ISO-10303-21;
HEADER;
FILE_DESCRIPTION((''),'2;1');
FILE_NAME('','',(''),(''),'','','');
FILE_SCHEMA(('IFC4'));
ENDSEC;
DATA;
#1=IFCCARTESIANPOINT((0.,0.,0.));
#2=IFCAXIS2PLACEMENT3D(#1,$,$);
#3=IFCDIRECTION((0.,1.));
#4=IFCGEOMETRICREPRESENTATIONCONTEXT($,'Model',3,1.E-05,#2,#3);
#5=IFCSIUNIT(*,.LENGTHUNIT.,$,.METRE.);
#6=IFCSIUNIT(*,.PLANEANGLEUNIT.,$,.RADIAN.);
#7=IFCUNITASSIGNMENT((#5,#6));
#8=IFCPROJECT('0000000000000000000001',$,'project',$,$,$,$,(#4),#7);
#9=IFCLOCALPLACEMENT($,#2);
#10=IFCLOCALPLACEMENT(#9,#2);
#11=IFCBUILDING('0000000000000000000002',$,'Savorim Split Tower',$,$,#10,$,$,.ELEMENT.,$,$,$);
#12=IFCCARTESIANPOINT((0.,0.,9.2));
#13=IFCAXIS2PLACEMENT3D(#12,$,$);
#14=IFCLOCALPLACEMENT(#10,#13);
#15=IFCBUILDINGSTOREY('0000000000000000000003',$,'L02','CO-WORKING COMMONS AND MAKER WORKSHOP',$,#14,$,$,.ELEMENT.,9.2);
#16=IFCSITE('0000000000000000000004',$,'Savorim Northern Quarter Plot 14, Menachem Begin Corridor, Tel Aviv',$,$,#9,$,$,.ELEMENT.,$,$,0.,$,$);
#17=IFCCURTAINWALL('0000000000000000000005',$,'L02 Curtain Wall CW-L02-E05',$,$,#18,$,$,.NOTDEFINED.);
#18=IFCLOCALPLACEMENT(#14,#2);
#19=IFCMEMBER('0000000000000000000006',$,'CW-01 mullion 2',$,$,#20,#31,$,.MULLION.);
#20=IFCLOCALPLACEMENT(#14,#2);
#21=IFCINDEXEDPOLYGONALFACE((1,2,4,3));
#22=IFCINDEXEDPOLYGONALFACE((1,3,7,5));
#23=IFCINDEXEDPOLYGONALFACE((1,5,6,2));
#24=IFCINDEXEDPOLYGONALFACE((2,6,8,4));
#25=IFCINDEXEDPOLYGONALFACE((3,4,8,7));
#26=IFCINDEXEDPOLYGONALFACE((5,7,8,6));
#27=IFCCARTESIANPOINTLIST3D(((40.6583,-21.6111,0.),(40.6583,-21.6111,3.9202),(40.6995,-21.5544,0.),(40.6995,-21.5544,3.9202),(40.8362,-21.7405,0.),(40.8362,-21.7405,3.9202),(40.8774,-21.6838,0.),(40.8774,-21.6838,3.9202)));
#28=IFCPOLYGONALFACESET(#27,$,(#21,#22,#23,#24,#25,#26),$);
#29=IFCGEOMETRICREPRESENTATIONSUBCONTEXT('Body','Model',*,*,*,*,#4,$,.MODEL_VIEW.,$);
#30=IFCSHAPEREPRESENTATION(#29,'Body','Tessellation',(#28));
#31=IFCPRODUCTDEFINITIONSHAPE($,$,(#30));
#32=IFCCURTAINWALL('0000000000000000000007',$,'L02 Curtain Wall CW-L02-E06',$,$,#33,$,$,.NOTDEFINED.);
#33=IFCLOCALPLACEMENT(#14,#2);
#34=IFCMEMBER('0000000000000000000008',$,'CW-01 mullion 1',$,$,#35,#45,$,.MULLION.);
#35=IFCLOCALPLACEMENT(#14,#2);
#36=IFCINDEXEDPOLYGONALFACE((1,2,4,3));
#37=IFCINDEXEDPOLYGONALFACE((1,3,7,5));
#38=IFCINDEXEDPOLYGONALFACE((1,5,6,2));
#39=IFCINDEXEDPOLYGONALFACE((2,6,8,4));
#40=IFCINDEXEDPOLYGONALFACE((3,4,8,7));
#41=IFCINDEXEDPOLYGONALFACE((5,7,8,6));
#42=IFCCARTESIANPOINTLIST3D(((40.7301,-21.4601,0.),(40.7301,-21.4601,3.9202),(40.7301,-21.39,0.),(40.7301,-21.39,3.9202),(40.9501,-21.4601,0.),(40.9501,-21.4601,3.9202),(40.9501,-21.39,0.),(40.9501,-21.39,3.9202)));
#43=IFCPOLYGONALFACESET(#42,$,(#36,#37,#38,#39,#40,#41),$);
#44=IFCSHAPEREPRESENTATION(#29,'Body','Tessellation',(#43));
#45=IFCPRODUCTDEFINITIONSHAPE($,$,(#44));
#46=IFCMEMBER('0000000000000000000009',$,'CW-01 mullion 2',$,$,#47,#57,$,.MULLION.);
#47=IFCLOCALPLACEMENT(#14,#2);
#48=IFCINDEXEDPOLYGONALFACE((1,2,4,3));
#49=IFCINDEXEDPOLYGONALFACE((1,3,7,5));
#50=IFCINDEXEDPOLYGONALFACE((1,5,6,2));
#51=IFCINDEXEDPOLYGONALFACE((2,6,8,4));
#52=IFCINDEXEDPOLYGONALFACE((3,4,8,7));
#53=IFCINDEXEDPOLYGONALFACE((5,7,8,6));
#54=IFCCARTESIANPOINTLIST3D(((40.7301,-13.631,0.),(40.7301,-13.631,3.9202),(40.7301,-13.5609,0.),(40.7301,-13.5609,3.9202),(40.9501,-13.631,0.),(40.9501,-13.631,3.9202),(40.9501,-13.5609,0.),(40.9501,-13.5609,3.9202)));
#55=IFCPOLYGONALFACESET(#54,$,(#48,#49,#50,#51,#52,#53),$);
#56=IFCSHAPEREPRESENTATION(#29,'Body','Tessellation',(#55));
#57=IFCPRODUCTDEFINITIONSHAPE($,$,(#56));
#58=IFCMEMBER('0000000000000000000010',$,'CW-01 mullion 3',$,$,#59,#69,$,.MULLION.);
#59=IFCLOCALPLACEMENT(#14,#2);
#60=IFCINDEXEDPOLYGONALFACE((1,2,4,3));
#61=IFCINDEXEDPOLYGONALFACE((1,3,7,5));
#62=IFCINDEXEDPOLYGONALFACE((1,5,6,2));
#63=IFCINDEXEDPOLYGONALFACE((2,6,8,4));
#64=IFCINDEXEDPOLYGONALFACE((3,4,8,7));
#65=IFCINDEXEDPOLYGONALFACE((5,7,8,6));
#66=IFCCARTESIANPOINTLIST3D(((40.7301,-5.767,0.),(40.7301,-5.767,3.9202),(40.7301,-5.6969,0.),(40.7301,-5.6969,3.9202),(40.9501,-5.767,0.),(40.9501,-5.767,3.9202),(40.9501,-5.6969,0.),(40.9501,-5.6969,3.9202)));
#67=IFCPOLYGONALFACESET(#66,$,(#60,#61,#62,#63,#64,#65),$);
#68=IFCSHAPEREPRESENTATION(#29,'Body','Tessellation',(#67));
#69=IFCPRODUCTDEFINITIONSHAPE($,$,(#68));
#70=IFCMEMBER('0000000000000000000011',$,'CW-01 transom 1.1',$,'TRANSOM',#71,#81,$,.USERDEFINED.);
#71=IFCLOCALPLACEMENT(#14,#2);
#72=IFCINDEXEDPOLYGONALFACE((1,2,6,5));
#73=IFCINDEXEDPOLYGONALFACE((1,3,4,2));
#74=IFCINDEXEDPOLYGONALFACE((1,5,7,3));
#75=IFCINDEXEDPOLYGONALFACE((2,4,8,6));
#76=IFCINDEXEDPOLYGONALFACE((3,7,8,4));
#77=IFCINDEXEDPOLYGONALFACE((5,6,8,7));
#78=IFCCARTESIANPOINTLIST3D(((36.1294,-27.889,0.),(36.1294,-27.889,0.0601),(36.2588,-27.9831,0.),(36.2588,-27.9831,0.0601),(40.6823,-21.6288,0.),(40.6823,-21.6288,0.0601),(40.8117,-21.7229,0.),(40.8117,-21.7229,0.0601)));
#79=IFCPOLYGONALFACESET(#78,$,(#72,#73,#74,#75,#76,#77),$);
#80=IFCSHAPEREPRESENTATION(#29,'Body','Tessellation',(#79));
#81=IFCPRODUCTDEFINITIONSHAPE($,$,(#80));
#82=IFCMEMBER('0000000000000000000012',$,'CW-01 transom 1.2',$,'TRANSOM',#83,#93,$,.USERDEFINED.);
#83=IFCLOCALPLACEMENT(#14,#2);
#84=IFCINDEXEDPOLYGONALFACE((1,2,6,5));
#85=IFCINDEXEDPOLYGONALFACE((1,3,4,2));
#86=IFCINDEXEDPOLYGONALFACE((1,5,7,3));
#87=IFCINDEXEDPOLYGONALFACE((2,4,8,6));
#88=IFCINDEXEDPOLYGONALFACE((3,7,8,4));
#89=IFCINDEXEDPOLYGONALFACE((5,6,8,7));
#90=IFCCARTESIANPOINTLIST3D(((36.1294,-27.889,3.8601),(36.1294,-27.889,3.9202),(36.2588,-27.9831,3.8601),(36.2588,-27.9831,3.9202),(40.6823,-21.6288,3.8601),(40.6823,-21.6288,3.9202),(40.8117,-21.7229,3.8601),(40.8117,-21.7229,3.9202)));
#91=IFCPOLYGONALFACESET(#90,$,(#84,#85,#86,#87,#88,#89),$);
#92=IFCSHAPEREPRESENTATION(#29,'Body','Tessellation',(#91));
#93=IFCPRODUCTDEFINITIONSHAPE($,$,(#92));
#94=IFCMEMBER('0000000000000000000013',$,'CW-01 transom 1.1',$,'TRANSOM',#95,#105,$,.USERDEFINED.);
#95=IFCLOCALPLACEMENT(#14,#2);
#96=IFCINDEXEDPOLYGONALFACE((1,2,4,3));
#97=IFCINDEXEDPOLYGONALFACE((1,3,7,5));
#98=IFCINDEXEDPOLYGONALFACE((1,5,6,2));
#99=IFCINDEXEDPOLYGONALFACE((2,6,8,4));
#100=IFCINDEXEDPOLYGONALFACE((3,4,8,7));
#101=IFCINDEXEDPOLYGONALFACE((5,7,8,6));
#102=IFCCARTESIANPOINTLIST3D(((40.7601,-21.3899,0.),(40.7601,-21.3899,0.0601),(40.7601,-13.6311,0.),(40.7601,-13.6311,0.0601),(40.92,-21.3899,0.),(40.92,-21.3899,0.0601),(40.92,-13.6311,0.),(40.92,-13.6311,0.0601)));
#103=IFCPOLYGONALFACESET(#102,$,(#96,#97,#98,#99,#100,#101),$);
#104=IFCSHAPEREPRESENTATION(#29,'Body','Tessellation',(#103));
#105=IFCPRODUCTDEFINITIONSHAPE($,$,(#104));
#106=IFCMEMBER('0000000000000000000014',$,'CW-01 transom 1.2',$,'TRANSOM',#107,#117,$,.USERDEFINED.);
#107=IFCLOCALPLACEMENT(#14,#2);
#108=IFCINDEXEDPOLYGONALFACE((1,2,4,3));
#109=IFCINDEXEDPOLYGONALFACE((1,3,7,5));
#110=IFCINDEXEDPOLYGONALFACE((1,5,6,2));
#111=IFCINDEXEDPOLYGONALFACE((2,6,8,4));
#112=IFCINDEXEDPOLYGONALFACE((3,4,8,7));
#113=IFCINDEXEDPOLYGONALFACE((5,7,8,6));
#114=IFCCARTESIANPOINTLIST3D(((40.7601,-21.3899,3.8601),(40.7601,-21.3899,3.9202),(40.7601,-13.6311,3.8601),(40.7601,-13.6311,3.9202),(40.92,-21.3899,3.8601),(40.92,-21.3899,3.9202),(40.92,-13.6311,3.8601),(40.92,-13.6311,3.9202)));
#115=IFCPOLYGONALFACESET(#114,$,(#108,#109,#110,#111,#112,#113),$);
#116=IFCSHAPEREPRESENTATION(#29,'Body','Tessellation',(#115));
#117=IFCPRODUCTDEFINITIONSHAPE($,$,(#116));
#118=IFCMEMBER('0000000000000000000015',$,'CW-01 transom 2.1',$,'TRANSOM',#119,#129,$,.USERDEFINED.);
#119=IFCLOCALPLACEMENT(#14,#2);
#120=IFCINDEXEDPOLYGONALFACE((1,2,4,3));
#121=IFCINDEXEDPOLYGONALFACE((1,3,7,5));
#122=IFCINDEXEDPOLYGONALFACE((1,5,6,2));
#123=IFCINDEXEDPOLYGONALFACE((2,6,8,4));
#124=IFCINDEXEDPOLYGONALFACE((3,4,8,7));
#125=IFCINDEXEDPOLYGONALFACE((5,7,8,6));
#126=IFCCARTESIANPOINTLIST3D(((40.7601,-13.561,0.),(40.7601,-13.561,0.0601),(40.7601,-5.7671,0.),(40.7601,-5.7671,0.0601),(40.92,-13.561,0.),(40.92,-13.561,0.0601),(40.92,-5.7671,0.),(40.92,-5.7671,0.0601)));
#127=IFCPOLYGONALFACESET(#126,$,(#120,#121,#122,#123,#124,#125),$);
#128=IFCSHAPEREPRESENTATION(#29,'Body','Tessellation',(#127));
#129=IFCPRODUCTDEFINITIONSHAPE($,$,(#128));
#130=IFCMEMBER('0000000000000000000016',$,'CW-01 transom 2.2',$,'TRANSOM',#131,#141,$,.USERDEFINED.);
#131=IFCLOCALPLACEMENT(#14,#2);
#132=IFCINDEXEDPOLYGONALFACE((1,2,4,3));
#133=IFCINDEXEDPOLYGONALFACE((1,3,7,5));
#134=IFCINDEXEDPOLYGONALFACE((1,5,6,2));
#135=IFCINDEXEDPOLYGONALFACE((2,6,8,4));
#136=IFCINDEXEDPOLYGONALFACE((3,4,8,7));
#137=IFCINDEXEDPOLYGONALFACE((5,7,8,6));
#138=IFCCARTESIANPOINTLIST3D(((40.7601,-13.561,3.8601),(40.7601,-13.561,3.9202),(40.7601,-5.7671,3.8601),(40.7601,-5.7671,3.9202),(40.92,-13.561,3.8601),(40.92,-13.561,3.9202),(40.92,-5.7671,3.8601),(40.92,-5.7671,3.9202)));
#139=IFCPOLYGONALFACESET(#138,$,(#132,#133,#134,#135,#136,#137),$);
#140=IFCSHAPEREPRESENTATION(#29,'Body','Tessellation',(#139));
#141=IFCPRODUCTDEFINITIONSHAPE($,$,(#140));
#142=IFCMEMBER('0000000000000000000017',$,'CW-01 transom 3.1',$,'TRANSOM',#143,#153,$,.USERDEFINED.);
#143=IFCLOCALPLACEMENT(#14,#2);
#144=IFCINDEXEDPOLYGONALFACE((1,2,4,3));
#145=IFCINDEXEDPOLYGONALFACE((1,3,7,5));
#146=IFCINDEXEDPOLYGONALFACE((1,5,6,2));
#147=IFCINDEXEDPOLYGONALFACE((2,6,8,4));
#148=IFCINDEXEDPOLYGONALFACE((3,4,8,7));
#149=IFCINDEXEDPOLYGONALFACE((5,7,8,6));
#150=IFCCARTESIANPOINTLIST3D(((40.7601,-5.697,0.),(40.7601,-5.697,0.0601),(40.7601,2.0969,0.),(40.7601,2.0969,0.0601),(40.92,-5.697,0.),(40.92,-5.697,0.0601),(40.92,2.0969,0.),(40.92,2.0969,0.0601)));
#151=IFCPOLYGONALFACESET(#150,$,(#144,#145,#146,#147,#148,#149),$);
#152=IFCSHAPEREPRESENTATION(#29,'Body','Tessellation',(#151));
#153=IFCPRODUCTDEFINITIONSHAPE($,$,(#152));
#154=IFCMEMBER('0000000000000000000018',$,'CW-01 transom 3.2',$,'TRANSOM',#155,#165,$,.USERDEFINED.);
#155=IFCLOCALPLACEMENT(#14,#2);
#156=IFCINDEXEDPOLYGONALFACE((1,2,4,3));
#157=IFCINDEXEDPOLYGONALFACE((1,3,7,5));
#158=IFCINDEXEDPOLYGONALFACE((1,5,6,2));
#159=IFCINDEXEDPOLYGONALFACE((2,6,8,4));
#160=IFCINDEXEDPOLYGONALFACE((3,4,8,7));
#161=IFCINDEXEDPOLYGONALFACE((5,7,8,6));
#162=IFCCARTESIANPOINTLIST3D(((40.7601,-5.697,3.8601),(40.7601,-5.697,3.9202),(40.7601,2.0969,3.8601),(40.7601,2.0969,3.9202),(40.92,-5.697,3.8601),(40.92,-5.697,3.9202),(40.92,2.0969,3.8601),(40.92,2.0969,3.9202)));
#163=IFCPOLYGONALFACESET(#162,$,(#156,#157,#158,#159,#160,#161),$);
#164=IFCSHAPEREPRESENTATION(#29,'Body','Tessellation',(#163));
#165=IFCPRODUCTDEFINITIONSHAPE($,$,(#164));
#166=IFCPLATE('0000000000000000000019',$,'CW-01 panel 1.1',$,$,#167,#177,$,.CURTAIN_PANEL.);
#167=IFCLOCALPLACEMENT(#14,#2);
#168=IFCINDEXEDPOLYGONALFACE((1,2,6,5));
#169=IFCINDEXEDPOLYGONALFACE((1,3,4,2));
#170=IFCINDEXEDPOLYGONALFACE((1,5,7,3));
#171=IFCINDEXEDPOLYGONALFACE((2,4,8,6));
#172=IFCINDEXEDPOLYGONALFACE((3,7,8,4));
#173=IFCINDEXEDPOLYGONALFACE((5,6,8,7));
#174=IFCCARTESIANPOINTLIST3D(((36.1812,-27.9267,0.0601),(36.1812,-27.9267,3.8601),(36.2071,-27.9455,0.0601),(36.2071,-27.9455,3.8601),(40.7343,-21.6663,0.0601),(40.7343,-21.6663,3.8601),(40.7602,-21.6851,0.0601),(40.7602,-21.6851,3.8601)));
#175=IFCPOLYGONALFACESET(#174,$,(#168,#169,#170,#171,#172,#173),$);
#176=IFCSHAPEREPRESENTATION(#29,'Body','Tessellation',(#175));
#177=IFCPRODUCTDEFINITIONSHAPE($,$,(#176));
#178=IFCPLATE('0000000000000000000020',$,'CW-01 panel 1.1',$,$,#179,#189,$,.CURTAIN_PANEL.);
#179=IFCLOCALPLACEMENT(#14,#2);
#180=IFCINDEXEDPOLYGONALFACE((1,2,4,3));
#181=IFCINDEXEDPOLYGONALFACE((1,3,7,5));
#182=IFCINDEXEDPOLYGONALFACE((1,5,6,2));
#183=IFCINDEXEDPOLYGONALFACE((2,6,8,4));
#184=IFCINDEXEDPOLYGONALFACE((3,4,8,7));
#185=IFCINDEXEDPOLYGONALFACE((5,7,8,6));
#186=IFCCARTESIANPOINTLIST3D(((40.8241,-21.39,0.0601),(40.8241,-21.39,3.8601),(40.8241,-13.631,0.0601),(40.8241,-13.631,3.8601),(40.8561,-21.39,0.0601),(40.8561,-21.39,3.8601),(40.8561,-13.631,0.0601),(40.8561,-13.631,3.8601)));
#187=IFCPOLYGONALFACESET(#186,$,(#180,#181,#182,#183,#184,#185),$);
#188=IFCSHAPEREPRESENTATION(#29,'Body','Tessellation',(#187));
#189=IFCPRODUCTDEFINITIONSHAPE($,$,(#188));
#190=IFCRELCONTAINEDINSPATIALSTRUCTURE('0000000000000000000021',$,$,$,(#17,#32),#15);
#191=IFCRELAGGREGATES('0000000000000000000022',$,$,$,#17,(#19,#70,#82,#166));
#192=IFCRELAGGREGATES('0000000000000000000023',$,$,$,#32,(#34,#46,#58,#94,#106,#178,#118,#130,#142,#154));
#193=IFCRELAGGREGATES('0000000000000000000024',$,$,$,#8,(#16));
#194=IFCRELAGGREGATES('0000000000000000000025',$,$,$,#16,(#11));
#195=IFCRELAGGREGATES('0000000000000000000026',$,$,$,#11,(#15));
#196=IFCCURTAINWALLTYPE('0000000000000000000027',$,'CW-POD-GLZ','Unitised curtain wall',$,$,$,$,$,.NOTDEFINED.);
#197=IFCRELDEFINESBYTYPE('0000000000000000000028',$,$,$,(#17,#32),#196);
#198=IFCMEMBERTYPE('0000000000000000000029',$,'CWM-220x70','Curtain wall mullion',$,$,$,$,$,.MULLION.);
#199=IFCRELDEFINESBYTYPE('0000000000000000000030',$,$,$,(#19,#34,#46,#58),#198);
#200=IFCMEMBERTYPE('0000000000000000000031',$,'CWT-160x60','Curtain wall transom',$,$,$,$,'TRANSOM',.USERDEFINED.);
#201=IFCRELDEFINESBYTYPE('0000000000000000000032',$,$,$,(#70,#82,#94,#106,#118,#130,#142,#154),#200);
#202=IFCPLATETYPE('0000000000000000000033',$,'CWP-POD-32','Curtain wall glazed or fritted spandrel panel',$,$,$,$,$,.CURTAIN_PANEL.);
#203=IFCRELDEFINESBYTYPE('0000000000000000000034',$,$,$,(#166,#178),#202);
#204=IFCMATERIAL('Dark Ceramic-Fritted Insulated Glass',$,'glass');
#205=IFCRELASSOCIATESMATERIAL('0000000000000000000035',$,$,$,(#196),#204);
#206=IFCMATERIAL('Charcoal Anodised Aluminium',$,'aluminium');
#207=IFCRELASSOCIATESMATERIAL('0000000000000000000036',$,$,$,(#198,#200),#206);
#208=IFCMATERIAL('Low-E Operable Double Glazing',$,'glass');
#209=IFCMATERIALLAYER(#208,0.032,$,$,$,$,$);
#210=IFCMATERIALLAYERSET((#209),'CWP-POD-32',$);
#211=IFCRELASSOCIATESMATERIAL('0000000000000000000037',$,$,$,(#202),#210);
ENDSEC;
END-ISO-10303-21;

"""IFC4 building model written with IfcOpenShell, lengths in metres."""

from ifc_helpers import new_model, si_unit, direction, frame, origin, origin_2d, place, context, subcontext, project, spatial, rectangle, extrude, material, layer, layer_set, material_profile, profile_set, type_object, element, aggregate, save


model = new_model("IFC4")

# Units and contexts
model_context = context("Model", 3, precision=1e-05, world=origin(), true_north=direction((0.0, 1.0)))
body_context = subcontext(model_context, "Body", "Model", "MODEL_VIEW")
ifc_project = project(units=[si_unit("LENGTHUNIT", "METRE"), si_unit("PLANEANGLEUNIT", "RADIAN")], contexts=[model_context])

# Site, building, storey
site_placement = place(None, origin())
site = spatial("IfcSite", under=ifc_project, at=site_placement, Name="Savorim Northern Quarter Plot 14, Menachem Begin Corridor, Tel Aviv", CompositionType="ELEMENT", RefElevation=0.0)
building_placement = place(site_placement, origin())
building = spatial("IfcBuilding", under=site, at=building_placement, Name="Savorim Split Tower", CompositionType="ELEMENT")
storey_placement = place(building_placement, frame((0.0, 0.0, 9.2)))
storey = spatial("IfcBuildingStorey", under=building, at=storey_placement, Name="L02", Description="CO-WORKING COMMONS AND MAKER WORKSHOP", CompositionType="ELEMENT", Elevation=9.2)

# Shared definitions
ifc_material_1 = material(Name="Dark Ceramic-Fritted Insulated Glass", Category="glass")
curtain_wall_type = type_object("IfcCurtainWallType", Name="CW-POD-GLZ", Description="Unitised curtain wall", PredefinedType="NOTDEFINED", material=ifc_material_1)
ifc_material_2 = material(Name="Charcoal Anodised Aluminium", Category="aluminium")
ifc_material_profile_1 = material_profile(ifc_material_2, rectangle(XDim=0.22, YDim=0.0701, at=origin_2d()), Name="ALU-M 220x70")
ifc_profile_set_1 = profile_set([ifc_material_profile_1], Name="Charcoal Anodised Aluminium")
member_type_1 = type_object("IfcMemberType", Name="CWM-220x70", Description="Curtain wall mullion", PredefinedType="MULLION", material=ifc_profile_set_1)

# Curtain walls, members
curtain_wall_1_placement = place(storey_placement, origin())
curtain_wall_1 = element("IfcCurtainWall", 1, at=curtain_wall_1_placement, inside=storey, type_object=curtain_wall_type, Name="L02 Curtain Wall CW-L02-E05", PredefinedType="NOTDEFINED")
member_1_placement = place(storey_placement, frame((40.7678, -21.6475, 0.0), z_axis=(0.0, 0.0, 1.0), x_axis=(-0.808733, 0.588176, 0.0)))
member_1 = element("IfcMember", 2, at=member_1_placement, type_object=member_type_1, Name="CW-01 mullion 2", PredefinedType="MULLION", context=body_context, shape_type="SweptSolid", body=[
    extrude(rectangle(XDim=0.22, YDim=0.0701, at=origin_2d()), origin(), (0.0, 0.0, 1.0), 3.9202),
])
curtain_wall_2_placement = place(storey_placement, origin())
curtain_wall_2 = element("IfcCurtainWall", 3, at=curtain_wall_2_placement, inside=storey, type_object=curtain_wall_type, Name="L02 Curtain Wall CW-L02-E06", PredefinedType="NOTDEFINED")
member_2_placement = place(storey_placement, frame((40.8401, -21.425, 0.0), z_axis=(0.0, 0.0, 1.0), x_axis=(-1.0, 0.0, 0.0)))
member_2 = element("IfcMember", 4, at=member_2_placement, type_object=member_type_1, Name="CW-01 mullion 1", PredefinedType="MULLION", context=body_context, shape_type="SweptSolid", body=[
    extrude(rectangle(XDim=0.22, YDim=0.0701, at=origin_2d()), origin(), (0.0, 0.0, 1.0), 3.9202),
])
member_3_placement = place(storey_placement, frame((40.8401, -13.5959, 0.0), z_axis=(0.0, 0.0, 1.0), x_axis=(-1.0, 0.0, 0.0)))
member_3 = element("IfcMember", 5, at=member_3_placement, type_object=member_type_1, Name="CW-01 mullion 2", PredefinedType="MULLION", context=body_context, shape_type="SweptSolid", body=[
    extrude(rectangle(XDim=0.22, YDim=0.0701, at=origin_2d()), origin(), (0.0, 0.0, 1.0), 3.9202),
])
member_4_placement = place(storey_placement, frame((40.8401, -5.7319, 0.0), z_axis=(0.0, 0.0, 1.0), x_axis=(-1.0, 0.0, 0.0)))
member_4 = element("IfcMember", 6, at=member_4_placement, type_object=member_type_1, Name="CW-01 mullion 3", PredefinedType="MULLION", context=body_context, shape_type="SweptSolid", body=[
    extrude(rectangle(XDim=0.22, YDim=0.0701, at=origin_2d()), origin(), (0.0, 0.0, 1.0), 3.9202),
])

# Members
ifc_material_profile_2 = material_profile(ifc_material_2, rectangle(XDim=0.1599, YDim=0.0601, at=origin_2d()), Name="ALU-T 160x60")
ifc_profile_set_2 = profile_set([ifc_material_profile_2], Name="Charcoal Anodised Aluminium")
member_type_2 = type_object("IfcMemberType", Name="CWT-160x60", Description="Curtain wall transom", ElementType="TRANSOM", PredefinedType="USERDEFINED", material=ifc_profile_set_2)
member_5_placement = place(storey_placement, frame((36.1941, -27.936, 0.03), z_axis=(0.588177, 0.808732, 0.0), x_axis=(-0.808732, 0.588177, 0.0)))
member_5 = element("IfcMember", 7, at=member_5_placement, type_object=member_type_2, Name="CW-01 transom 1.1", ObjectType="TRANSOM", PredefinedType="USERDEFINED", context=body_context, shape_type="SweptSolid", body=[
    extrude(rectangle(XDim=0.1599, YDim=0.0601, at=origin_2d()), origin(), (0.0, 0.0, 1.0), 7.7407),
])
member_6_placement = place(storey_placement, frame((36.1941, -27.936, 3.8901), z_axis=(0.588177, 0.808732, 0.0), x_axis=(-0.808732, 0.588177, 0.0)))
member_6 = element("IfcMember", 8, at=member_6_placement, type_object=member_type_2, Name="CW-01 transom 1.2", ObjectType="TRANSOM", PredefinedType="USERDEFINED", context=body_context, shape_type="SweptSolid", body=[
    extrude(rectangle(XDim=0.1599, YDim=0.0601, at=origin_2d()), origin(), (0.0, 0.0, 1.0), 7.7407),
])
member_7_placement = place(storey_placement, frame((40.8401, -21.3899, 0.03), z_axis=(0.0, 1.0, 0.0), x_axis=(-1.0, 0.0, 0.0)))
member_7 = element("IfcMember", 9, at=member_7_placement, type_object=member_type_2, Name="CW-01 transom 1.1", ObjectType="TRANSOM", PredefinedType="USERDEFINED", context=body_context, shape_type="SweptSolid", body=[
    extrude(rectangle(XDim=0.1599, YDim=0.0601, at=origin_2d()), origin(), (0.0, 0.0, 1.0), 7.7588),
])
member_8_placement = place(storey_placement, frame((40.8401, -21.3899, 3.8901), z_axis=(0.0, 1.0, 0.0), x_axis=(-1.0, 0.0, 0.0)))
member_8 = element("IfcMember", 10, at=member_8_placement, type_object=member_type_2, Name="CW-01 transom 1.2", ObjectType="TRANSOM", PredefinedType="USERDEFINED", context=body_context, shape_type="SweptSolid", body=[
    extrude(rectangle(XDim=0.1599, YDim=0.0601, at=origin_2d()), origin(), (0.0, 0.0, 1.0), 7.7588),
])
member_9_placement = place(storey_placement, frame((40.8401, -13.561, 0.03), z_axis=(0.0, 1.0, 0.0), x_axis=(-1.0, 0.0, 0.0)))
member_9 = element("IfcMember", 11, at=member_9_placement, type_object=member_type_2, Name="CW-01 transom 2.1", ObjectType="TRANSOM", PredefinedType="USERDEFINED", context=body_context, shape_type="SweptSolid", body=[
    extrude(rectangle(XDim=0.1599, YDim=0.0601, at=origin_2d()), origin(), (0.0, 0.0, 1.0), 7.7939),
])
member_10_placement = place(storey_placement, frame((40.8401, -13.561, 3.8901), z_axis=(0.0, 1.0, 0.0), x_axis=(-1.0, 0.0, 0.0)))
member_10 = element("IfcMember", 12, at=member_10_placement, type_object=member_type_2, Name="CW-01 transom 2.2", ObjectType="TRANSOM", PredefinedType="USERDEFINED", context=body_context, shape_type="SweptSolid", body=[
    extrude(rectangle(XDim=0.1599, YDim=0.0601, at=origin_2d()), origin(), (0.0, 0.0, 1.0), 7.7939),
])
member_11_placement = place(storey_placement, frame((40.8401, -5.697, 0.03), z_axis=(0.0, 1.0, 0.0), x_axis=(-1.0, 0.0, 0.0)))
member_11 = element("IfcMember", 13, at=member_11_placement, type_object=member_type_2, Name="CW-01 transom 3.1", ObjectType="TRANSOM", PredefinedType="USERDEFINED", context=body_context, shape_type="SweptSolid", body=[
    extrude(rectangle(XDim=0.1599, YDim=0.0601, at=origin_2d()), origin(), (0.0, 0.0, 1.0), 7.7939),
])
member_12_placement = place(storey_placement, frame((40.8401, -5.697, 3.8901), z_axis=(0.0, 1.0, 0.0), x_axis=(-1.0, 0.0, 0.0)))
member_12 = element("IfcMember", 14, at=member_12_placement, type_object=member_type_2, Name="CW-01 transom 3.2", ObjectType="TRANSOM", PredefinedType="USERDEFINED", context=body_context, shape_type="SweptSolid", body=[
    extrude(rectangle(XDim=0.1599, YDim=0.0601, at=origin_2d()), origin(), (0.0, 0.0, 1.0), 7.7939),
])

# Plates
ifc_material_3 = material(Name="Low-E Operable Double Glazing", Category="glass")
ifc_layer = layer(ifc_material_3, 0.032)
ifc_layer_set = layer_set([ifc_layer], Name="CWP-POD-32")
plate_type = type_object("IfcPlateType", Name="CWP-POD-32", Description="Curtain wall glazed or fritted spandrel panel", PredefinedType="CURTAIN_PANEL", material=ifc_layer_set)
plate_1_placement = place(storey_placement, frame((38.4707, -24.8059, 0.0601), z_axis=(0.0, 0.0, 1.0), x_axis=(0.588176, 0.808733, 0.0)))
plate_1 = element("IfcPlate", 15, at=plate_1_placement, type_object=plate_type, Name="CW-01 panel 1.1", PredefinedType="CURTAIN_PANEL", context=body_context, shape_type="SweptSolid", body=[
    extrude(rectangle(XDim=7.741, YDim=0.032, at=origin_2d()), origin(), (0.0, 0.0, 1.0), 3.8),
])
aggregate(curtain_wall_1, [member_1, member_5, member_6, plate_1])
plate_2_placement = place(storey_placement, frame((40.8401, -17.5105, 0.0601), z_axis=(0.0, 0.0, 1.0), x_axis=(0.0, 1.0, 0.0)))
plate_2 = element("IfcPlate", 16, at=plate_2_placement, type_object=plate_type, Name="CW-01 panel 1.1", PredefinedType="CURTAIN_PANEL", context=body_context, shape_type="SweptSolid", body=[
    extrude(rectangle(XDim=7.759, YDim=0.032, at=origin_2d()), origin(), (0.0, 0.0, 1.0), 3.8),
])
aggregate(curtain_wall_2, [member_2, member_3, member_4, member_7, member_8, plate_2, member_9, member_10, member_11, member_12])

save(model, "model.ifc")
